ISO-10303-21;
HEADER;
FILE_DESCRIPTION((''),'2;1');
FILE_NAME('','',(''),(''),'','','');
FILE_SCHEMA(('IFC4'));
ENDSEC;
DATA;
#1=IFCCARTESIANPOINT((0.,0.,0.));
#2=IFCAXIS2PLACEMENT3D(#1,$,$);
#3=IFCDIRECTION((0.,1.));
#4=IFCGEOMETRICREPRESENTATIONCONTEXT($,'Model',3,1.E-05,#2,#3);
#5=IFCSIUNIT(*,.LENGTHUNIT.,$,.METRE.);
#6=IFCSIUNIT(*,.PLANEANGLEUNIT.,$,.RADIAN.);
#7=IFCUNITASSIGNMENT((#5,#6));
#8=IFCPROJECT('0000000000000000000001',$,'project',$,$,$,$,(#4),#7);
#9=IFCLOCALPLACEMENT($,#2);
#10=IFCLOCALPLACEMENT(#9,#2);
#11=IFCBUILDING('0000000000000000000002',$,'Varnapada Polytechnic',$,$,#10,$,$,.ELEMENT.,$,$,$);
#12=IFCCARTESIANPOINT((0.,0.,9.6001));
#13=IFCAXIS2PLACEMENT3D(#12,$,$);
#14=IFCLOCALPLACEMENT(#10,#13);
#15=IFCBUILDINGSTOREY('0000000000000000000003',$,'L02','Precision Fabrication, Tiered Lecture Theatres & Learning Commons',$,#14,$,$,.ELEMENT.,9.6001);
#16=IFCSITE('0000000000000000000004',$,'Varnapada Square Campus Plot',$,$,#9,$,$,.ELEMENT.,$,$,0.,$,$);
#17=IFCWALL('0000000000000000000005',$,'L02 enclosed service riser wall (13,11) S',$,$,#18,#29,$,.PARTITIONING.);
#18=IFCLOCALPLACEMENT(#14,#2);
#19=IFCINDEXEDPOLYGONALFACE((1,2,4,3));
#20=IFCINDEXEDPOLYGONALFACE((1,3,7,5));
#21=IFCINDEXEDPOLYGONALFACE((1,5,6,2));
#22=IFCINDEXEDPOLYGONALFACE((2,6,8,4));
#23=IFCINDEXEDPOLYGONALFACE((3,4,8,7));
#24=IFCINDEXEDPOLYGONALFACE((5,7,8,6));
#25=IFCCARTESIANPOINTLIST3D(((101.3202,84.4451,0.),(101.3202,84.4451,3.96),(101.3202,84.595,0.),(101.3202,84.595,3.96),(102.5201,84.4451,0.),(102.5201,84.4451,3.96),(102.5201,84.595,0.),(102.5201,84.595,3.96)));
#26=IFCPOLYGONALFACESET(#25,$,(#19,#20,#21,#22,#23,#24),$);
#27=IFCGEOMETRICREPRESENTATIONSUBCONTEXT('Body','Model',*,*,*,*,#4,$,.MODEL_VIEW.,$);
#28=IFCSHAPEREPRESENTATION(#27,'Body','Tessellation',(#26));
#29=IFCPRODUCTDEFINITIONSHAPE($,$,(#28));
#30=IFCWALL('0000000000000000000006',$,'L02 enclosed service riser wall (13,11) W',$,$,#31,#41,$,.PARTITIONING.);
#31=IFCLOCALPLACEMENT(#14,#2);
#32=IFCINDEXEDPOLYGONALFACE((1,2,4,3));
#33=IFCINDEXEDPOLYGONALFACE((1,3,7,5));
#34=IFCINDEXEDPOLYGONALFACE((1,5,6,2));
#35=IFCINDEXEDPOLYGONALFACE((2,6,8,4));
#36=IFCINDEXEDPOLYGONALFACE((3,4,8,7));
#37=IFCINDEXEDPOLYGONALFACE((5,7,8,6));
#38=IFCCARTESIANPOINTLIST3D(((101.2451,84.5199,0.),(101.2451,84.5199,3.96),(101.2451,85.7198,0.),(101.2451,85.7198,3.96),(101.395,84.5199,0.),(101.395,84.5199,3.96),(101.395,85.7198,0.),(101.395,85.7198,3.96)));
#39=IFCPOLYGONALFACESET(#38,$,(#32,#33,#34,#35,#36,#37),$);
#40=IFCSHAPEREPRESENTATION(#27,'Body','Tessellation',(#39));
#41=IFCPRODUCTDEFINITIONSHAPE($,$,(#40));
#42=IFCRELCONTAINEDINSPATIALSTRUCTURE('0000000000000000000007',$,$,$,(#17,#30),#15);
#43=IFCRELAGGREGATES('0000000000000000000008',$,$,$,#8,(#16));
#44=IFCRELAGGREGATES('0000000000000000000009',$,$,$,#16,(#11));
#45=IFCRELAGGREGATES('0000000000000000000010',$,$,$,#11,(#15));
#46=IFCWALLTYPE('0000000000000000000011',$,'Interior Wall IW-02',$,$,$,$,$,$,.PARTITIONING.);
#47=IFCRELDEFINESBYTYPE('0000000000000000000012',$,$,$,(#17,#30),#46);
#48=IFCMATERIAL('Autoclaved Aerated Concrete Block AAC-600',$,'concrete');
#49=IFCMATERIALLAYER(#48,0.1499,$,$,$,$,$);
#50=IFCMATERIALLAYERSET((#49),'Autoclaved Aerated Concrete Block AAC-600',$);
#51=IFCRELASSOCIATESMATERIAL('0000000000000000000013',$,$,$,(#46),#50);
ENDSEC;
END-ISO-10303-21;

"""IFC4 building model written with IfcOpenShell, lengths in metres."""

from ifc_helpers import new_model, si_unit, direction, frame, frame_2d, origin, place, context, subcontext, project, spatial, rectangle, extrude, material, layer, layer_set, type_object, element, save


model = new_model("IFC4")

# Units and contexts
model_context = context("Model", 3, precision=1e-05, world=origin(), true_north=direction((0.0, 1.0)))
body_context = subcontext(model_context, "Body", "Model", "MODEL_VIEW")
ifc_project = project(units=[si_unit("LENGTHUNIT", "METRE"), si_unit("PLANEANGLEUNIT", "RADIAN")], contexts=[model_context])

# Site, building, storey
site_placement = place(None, origin())
site = spatial("IfcSite", under=ifc_project, at=site_placement, Name="Varnapada Square Campus Plot", CompositionType="ELEMENT", RefElevation=0.0)
building_placement = place(site_placement, origin())
building = spatial("IfcBuilding", under=site, at=building_placement, Name="Varnapada Polytechnic", CompositionType="ELEMENT")
storey_placement = place(building_placement, frame((0.0, 0.0, 9.6001)))
storey = spatial("IfcBuildingStorey", under=building, at=storey_placement, Name="L02", Description="Precision Fabrication, Tiered Lecture Theatres & Learning Commons", CompositionType="ELEMENT", Elevation=9.6001)

# Walls
ifc_material_1 = material(Name="Autoclaved Aerated Concrete Block AAC-600", Category="concrete")
ifc_layer_1 = layer(ifc_material_1, 0.1499)
ifc_layer_set_1 = layer_set([ifc_layer_1], Name="Autoclaved Aerated Concrete Block AAC-600")
wall_type = type_object("IfcWallType", Name="Interior Wall IW-02", PredefinedType="PARTITIONING", material=ifc_layer_set_1)
for number, where, z_axis, x_axis, name in (
    (1, (101.3201, 84.52, 0.0), (0.0, 0.0, 1.0), (1.0, 0.0, 0.0), "L02 enclosed service riser wall (13,11) S"),
    (2, (101.3201, 85.72, 0.0), (0.0, 0.0, 1.0), (0.0, -1.0, 0.0), "L02 enclosed service riser wall (13,11) W"),
):
    element("IfcWall", number, at=place(storey_placement, frame(where, z_axis=z_axis, x_axis=x_axis)), inside=storey, type_object=wall_type, Name=name, PredefinedType="PARTITIONING", context=body_context, shape_type="SweptSolid", body=[
        extrude(rectangle(XDim=1.2, YDim=0.1499, at=frame_2d((0.6001, 0.0))), origin(), (0.0, 0.0, 1.0), 3.96),
    ])

save(model, "model.ifc")
